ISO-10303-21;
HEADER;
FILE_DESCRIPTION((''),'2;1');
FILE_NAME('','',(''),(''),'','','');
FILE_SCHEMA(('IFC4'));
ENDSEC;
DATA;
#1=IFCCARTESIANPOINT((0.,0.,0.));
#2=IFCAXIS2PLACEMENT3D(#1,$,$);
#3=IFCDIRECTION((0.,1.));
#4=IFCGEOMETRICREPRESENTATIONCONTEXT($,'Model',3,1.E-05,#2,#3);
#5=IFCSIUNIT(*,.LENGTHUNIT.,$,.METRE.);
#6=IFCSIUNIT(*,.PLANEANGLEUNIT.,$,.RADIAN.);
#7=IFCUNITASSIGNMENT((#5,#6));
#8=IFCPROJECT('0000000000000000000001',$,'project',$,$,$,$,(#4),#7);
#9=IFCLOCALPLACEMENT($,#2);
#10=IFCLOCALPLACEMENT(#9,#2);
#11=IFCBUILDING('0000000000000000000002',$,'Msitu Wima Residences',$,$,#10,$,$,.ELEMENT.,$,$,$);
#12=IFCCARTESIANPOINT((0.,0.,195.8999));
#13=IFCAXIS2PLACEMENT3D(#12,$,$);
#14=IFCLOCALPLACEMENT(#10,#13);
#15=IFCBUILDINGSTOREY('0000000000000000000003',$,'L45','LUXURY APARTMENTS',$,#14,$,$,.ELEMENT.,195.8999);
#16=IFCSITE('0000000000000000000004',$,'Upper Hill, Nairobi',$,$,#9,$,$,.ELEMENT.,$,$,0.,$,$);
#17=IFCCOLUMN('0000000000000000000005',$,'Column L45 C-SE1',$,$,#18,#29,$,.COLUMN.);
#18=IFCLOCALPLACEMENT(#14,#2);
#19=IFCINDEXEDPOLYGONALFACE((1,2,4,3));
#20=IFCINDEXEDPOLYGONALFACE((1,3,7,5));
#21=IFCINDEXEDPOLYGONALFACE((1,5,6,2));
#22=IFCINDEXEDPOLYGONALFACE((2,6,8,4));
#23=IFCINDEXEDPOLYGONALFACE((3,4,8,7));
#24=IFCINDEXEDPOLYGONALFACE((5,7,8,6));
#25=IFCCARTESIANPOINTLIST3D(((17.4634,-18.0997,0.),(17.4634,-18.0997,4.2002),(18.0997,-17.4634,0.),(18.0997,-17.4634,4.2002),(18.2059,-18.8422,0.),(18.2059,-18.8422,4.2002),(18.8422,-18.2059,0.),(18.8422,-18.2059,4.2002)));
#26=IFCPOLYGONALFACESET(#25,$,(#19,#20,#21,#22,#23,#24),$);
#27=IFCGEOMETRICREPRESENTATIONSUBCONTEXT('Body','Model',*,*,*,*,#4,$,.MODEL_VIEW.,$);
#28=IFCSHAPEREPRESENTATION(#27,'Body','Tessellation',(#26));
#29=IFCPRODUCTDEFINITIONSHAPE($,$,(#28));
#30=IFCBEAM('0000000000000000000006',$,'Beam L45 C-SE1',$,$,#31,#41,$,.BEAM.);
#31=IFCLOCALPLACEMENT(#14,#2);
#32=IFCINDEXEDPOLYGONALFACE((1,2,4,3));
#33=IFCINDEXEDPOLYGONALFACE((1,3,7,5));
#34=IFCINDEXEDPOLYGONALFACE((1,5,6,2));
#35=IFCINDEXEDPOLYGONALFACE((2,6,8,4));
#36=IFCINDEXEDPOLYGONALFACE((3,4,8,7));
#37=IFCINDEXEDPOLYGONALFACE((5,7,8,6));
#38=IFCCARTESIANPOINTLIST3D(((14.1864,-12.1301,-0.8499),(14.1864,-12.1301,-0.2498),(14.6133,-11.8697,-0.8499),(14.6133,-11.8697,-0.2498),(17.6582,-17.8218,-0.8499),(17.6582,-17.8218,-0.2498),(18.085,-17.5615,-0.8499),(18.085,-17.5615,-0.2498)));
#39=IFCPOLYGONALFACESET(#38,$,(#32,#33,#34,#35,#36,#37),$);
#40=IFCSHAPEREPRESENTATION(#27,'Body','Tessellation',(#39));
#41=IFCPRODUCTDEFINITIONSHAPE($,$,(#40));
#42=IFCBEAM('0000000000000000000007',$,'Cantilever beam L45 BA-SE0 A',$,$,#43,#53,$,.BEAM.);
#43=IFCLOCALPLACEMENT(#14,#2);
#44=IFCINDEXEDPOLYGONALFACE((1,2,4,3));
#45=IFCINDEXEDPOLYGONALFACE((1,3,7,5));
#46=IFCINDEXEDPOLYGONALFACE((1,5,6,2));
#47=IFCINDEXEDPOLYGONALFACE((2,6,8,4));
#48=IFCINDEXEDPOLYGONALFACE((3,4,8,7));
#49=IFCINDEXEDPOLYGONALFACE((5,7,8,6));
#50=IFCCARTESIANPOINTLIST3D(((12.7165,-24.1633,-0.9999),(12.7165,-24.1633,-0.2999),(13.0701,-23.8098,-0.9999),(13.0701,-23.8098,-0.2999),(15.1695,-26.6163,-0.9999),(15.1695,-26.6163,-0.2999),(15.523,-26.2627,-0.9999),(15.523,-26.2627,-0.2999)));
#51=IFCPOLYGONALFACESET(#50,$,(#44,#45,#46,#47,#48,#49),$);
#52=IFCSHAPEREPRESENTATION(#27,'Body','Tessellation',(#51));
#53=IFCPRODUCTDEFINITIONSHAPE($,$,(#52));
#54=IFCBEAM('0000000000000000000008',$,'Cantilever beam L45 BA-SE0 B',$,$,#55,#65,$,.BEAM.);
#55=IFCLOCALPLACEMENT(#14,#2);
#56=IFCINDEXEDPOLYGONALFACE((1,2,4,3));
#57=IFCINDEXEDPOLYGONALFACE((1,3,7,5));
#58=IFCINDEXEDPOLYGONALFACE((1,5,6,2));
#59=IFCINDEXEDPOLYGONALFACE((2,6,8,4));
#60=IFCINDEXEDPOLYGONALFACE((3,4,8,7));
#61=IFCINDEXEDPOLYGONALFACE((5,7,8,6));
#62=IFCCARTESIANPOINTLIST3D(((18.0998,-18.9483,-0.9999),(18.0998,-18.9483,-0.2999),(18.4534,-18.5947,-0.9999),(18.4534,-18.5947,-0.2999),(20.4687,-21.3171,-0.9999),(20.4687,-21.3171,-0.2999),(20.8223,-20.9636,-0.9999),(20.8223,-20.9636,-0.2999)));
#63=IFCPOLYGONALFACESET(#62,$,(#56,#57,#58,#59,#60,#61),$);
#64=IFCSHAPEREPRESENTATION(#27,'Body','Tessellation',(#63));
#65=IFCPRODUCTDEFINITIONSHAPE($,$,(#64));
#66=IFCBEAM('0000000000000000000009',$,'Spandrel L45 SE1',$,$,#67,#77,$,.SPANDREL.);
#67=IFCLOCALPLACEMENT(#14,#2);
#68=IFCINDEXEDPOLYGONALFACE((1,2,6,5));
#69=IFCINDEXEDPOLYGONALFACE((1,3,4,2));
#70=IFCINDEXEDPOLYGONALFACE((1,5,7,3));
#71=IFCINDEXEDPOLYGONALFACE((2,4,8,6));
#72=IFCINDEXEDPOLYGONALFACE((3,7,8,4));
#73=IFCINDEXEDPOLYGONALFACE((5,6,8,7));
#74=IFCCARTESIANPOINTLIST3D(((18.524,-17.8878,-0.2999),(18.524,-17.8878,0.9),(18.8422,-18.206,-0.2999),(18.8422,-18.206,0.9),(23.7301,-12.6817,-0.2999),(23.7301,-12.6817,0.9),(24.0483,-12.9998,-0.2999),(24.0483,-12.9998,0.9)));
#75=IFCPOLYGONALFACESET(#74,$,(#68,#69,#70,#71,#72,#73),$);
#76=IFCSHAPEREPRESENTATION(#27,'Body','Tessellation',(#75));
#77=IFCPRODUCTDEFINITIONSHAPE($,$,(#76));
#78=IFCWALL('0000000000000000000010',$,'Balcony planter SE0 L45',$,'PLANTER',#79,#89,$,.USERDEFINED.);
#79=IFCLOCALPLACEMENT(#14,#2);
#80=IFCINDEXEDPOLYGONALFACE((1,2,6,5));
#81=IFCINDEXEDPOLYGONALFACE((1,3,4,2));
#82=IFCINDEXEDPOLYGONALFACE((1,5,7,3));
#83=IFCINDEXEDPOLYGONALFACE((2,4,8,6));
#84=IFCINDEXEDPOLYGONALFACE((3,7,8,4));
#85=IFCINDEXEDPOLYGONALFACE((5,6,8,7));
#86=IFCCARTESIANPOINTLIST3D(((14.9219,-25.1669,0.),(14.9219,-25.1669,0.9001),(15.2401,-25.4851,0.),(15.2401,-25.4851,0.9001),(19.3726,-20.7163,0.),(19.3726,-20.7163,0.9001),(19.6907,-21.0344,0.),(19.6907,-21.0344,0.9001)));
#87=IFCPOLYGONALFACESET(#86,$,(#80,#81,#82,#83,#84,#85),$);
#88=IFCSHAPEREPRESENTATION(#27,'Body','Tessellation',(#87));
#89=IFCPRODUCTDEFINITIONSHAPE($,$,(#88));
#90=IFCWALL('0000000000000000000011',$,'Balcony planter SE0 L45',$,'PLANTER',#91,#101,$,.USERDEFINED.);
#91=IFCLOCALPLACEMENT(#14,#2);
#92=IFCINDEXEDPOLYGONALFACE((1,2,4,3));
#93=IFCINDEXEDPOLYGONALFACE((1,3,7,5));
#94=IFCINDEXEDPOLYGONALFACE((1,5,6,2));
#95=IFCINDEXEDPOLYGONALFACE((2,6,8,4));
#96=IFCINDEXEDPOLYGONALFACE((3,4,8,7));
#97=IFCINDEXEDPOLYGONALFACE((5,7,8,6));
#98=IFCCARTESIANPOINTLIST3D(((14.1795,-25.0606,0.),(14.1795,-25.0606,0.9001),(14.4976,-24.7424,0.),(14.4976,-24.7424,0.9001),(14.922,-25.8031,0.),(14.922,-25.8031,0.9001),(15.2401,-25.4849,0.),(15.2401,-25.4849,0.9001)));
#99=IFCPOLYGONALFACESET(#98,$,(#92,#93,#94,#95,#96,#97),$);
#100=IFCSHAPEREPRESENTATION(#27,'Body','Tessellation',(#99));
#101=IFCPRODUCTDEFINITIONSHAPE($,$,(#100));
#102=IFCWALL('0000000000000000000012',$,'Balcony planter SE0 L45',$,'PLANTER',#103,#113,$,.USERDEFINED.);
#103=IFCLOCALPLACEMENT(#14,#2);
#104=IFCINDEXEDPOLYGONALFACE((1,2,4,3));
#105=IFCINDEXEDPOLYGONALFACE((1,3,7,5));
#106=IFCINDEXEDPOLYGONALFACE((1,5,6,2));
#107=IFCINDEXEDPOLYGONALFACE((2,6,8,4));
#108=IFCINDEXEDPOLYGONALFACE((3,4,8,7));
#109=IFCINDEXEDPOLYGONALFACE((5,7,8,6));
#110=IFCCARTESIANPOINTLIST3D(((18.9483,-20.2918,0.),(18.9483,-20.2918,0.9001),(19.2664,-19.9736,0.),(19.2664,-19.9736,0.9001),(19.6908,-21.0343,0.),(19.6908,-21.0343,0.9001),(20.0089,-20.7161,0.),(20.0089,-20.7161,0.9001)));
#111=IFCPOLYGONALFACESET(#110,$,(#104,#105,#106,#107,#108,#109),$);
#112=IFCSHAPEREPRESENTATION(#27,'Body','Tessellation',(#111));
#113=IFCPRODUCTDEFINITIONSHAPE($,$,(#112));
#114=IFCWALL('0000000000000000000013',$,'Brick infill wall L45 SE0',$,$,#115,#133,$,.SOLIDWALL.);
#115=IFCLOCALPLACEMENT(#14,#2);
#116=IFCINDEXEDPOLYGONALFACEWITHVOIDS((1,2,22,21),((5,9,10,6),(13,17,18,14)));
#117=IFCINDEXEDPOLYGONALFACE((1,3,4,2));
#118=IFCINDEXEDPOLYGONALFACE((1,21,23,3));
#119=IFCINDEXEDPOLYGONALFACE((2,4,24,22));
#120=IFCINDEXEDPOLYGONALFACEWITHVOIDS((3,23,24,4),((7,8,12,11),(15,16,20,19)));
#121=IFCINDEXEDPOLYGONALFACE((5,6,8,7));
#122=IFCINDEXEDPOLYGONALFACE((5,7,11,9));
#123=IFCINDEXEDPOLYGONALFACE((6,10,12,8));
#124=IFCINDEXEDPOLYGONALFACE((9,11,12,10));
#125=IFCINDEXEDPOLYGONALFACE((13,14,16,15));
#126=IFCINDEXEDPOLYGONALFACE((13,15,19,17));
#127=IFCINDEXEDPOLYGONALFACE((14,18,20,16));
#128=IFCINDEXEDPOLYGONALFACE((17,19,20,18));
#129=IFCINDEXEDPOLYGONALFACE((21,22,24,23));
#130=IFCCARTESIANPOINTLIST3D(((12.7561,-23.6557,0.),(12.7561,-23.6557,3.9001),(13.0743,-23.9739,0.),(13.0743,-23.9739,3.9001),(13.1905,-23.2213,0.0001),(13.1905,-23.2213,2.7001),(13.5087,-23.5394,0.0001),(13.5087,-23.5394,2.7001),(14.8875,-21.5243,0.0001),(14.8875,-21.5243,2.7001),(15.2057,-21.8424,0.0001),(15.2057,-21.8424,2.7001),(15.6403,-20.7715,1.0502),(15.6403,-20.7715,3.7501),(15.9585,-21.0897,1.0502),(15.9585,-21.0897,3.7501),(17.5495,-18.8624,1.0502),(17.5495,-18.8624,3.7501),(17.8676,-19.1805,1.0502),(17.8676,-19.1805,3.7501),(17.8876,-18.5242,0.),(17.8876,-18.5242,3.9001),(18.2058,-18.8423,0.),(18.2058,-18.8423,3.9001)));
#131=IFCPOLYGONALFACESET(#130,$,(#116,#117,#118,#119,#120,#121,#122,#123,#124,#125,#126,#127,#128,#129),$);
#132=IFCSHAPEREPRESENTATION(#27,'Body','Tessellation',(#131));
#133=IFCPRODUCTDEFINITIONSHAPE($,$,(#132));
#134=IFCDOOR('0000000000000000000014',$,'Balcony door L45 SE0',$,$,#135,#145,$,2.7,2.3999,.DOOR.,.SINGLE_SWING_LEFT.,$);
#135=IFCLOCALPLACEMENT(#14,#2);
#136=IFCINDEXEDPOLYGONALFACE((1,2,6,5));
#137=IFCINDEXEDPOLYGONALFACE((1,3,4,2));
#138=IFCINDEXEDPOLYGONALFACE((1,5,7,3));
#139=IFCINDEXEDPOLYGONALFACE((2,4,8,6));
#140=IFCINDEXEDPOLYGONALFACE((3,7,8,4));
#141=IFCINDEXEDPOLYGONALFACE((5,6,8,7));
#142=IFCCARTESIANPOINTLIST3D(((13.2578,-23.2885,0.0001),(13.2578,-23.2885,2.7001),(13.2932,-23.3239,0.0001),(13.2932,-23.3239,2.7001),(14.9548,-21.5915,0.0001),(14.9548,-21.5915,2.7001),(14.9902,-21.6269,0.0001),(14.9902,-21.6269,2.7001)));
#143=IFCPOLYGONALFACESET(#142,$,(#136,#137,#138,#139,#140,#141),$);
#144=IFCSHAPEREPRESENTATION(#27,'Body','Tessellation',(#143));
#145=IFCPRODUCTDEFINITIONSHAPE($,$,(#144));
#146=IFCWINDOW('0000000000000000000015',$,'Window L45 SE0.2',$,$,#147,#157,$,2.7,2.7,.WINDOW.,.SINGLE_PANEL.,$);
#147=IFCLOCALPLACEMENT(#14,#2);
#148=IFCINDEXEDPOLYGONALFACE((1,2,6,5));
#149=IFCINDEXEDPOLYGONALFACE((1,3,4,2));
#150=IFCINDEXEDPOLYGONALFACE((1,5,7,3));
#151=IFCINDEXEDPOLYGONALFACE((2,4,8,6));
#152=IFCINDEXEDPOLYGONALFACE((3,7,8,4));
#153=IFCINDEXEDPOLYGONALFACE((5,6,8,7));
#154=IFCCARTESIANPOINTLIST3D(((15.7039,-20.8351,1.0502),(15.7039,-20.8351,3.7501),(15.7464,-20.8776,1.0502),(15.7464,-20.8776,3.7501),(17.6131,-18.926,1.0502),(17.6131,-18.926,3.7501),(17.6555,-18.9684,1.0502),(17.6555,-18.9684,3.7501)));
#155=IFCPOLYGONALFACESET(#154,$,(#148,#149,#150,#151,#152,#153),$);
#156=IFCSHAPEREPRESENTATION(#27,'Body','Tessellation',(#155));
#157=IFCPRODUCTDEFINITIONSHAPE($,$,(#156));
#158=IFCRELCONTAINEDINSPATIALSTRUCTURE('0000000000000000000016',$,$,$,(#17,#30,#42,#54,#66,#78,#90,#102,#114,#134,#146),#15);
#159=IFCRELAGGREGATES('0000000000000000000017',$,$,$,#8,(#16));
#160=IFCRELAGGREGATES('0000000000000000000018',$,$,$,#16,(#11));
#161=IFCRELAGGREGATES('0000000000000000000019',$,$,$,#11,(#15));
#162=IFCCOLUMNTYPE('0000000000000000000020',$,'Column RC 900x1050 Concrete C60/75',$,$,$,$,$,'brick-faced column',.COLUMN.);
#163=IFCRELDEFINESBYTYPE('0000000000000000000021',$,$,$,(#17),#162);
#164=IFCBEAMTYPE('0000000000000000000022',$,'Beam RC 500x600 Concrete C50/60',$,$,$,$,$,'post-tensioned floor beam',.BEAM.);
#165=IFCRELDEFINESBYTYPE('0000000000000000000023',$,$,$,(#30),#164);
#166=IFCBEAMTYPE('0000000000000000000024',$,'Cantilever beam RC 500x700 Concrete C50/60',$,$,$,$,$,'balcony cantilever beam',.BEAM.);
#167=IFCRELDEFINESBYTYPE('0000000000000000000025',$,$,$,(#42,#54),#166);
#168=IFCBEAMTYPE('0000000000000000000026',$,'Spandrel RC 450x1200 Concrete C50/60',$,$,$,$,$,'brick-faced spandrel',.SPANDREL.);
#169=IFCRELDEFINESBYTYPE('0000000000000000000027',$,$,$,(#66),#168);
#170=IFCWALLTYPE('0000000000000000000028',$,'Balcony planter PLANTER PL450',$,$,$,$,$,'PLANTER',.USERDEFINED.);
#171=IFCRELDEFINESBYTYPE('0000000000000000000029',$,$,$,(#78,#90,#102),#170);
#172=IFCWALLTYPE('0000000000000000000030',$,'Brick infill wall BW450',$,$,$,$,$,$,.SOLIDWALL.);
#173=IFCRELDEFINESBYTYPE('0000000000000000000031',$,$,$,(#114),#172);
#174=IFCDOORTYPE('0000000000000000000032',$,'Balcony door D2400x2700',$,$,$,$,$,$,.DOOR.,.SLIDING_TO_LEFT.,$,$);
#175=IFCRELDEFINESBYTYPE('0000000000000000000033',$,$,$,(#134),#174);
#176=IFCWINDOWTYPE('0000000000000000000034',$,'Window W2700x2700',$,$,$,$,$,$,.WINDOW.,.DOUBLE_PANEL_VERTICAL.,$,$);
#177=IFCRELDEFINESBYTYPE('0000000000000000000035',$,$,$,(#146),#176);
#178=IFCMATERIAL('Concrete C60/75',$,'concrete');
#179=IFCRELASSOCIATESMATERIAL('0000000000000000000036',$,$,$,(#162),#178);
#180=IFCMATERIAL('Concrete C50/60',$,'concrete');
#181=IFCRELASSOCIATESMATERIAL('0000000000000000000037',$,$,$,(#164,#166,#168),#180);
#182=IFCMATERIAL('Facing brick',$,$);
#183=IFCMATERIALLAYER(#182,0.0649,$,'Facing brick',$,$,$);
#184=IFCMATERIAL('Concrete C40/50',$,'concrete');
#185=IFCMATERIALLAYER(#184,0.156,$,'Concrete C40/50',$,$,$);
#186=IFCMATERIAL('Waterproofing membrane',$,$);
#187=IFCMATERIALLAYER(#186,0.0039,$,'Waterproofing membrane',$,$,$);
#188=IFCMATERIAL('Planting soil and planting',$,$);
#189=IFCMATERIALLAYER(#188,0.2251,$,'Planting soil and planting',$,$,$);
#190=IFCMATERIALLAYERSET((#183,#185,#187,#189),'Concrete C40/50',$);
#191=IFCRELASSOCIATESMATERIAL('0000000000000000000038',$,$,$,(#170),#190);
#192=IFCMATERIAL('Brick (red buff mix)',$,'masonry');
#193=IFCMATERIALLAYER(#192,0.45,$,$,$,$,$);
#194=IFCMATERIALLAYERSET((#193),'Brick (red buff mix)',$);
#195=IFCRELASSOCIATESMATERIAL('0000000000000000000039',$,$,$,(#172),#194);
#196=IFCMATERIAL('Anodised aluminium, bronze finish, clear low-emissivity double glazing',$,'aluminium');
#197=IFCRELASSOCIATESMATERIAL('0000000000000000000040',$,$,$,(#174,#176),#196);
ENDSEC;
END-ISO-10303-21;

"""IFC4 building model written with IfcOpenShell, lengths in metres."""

from ifc_helpers import new_model, si_unit, direction, frame, frame_2d, origin, origin_2d, place, context, subcontext, project, spatial, rectangle, extrude, material, layer, layer_set, material_profile, profile_set, type_object, element, fill, save


model = new_model("IFC4")

# Units and contexts
model_context = context("Model", 3, precision=1e-05, world=origin(), true_north=direction((0.0, 1.0)))
body_context = subcontext(model_context, "Body", "Model", "MODEL_VIEW")
ifc_project = project(units=[si_unit("LENGTHUNIT", "METRE"), si_unit("PLANEANGLEUNIT", "RADIAN")], contexts=[model_context])

# Site, building, storey
site_placement = place(None, origin())
site = spatial("IfcSite", under=ifc_project, at=site_placement, Name="Upper Hill, Nairobi", CompositionType="ELEMENT", RefElevation=0.0)
building_placement = place(site_placement, origin())
building = spatial("IfcBuilding", under=site, at=building_placement, Name="Msitu Wima Residences", CompositionType="ELEMENT")
storey_placement = place(building_placement, frame((0.0, 0.0, 195.8999)))
storey = spatial("IfcBuildingStorey", under=building, at=storey_placement, Name="L45", Description="LUXURY APARTMENTS", CompositionType="ELEMENT", Elevation=195.8999)

# Column
ifc_material_1 = material(Name="Concrete C60/75", Category="concrete")
ifc_material_profile_1 = material_profile(ifc_material_1, rectangle(XDim=0.8999, YDim=1.05, at=origin_2d()), Name="RC 900x1050")
ifc_profile_set_1 = profile_set([ifc_material_profile_1], Name="Concrete C60/75")
column_type = type_object("IfcColumnType", Name="Column RC 900x1050 Concrete C60/75", ElementType="brick-faced column", PredefinedType="COLUMN", material=ifc_profile_set_1)
column_placement = place(storey_placement, frame((18.1528, -18.1528, 0.0), z_axis=(0.0, 0.0, 1.0), x_axis=(0.707107, 0.707107, 0.0)))
element("IfcColumn", 1, at=column_placement, inside=storey, type_object=column_type, Name="Column L45 C-SE1", PredefinedType="COLUMN", context=body_context, shape_type="SweptSolid", body=[
    extrude(rectangle(XDim=0.8999, YDim=1.05, at=origin_2d()), origin(), (0.0, 0.0, 1.0), 4.2002),
])

# Beams
ifc_material_2 = material(Name="Concrete C50/60", Category="concrete")
ifc_material_profile_2 = material_profile(ifc_material_2, rectangle(XDim=0.5, YDim=0.6001, at=origin_2d()), Name="RC 500x600")
ifc_profile_set_2 = profile_set([ifc_material_profile_2], Name="Concrete C50/60")
beam_type_1 = type_object("IfcBeamType", Name="Beam RC 500x600 Concrete C50/60", ElementType="post-tensioned floor beam", PredefinedType="BEAM", material=ifc_profile_set_2)
beam_1_placement = place(storey_placement, frame((17.8716, -17.6917, -0.5498), z_axis=(-0.520734, 0.853719, 0.0), x_axis=(-0.853719, -0.520734, 0.0)))
element("IfcBeam", 2, at=beam_1_placement, inside=storey, type_object=beam_type_1, Name="Beam L45 C-SE1", PredefinedType="BEAM", context=body_context, shape_type="SweptSolid", body=[
    extrude(rectangle(XDim=0.5, YDim=0.6001, at=origin_2d()), origin(), (0.0, 0.0, 1.0), 6.667),
])
ifc_material_profile_3 = material_profile(ifc_material_2, rectangle(XDim=0.5, YDim=0.7, at=origin_2d()), Name="RC 500x700")
ifc_profile_set_3 = profile_set([ifc_material_profile_3], Name="Concrete C50/60")
beam_type_2 = type_object("IfcBeamType", Name="Cantilever beam RC 500x700 Concrete C50/60", ElementType="balcony cantilever beam", PredefinedType="BEAM", material=ifc_profile_set_3)
beam_2_placement = place(storey_placement, frame((12.8933, -23.9866, -0.6499), z_axis=(0.707107, -0.707107, 0.0), x_axis=(0.707107, 0.707107, 0.0)))
element("IfcBeam", 3, at=beam_2_placement, inside=storey, type_object=beam_type_2, Name="Cantilever beam L45 BA-SE0 A", PredefinedType="BEAM", context=body_context, shape_type="SweptSolid", body=[
    extrude(rectangle(XDim=0.5, YDim=0.7, at=origin_2d()), origin(), (0.0, 0.0, 1.0), 3.469),
])
beam_3_placement = place(storey_placement, frame((18.2766, -18.7715, -0.6499), z_axis=(0.707107, -0.707107, 0.0), x_axis=(0.707107, 0.707107, 0.0)))
element("IfcBeam", 4, at=beam_3_placement, inside=storey, type_object=beam_type_2, Name="Cantilever beam L45 BA-SE0 B", PredefinedType="BEAM", context=body_context, shape_type="SweptSolid", body=[
    extrude(rectangle(XDim=0.5, YDim=0.7, at=origin_2d()), origin(), (0.0, 0.0, 1.0), 3.3501),
])
ifc_material_profile_4 = material_profile(ifc_material_2, rectangle(XDim=0.45, YDim=1.2, at=origin_2d()), Name="RC 450x1200")
ifc_profile_set_4 = profile_set([ifc_material_profile_4], Name="Concrete C50/60")
beam_type_3 = type_object("IfcBeamType", Name="Spandrel RC 450x1200 Concrete C50/60", ElementType="brick-faced spandrel", PredefinedType="SPANDREL", material=ifc_profile_set_4)
beam_4_placement = place(storey_placement, frame((18.6831, -18.0469, 0.3), z_axis=(0.707107, 0.707107, 0.0), x_axis=(-0.707107, 0.707107, 0.0)))
element("IfcBeam", 5, at=beam_4_placement, inside=storey, type_object=beam_type_3, Name="Spandrel L45 SE1", PredefinedType="SPANDREL", context=body_context, shape_type="SweptSolid", body=[
    extrude(rectangle(XDim=0.45, YDim=1.2, at=origin_2d()), origin(), (0.0, 0.0, 1.0), 7.3625),
])

# Walls
ifc_material_3 = material(Name="Facing brick")
ifc_layer_1 = layer(ifc_material_3, 0.0649, Name="Facing brick")
ifc_material_4 = material(Name="Concrete C40/50", Category="concrete")
ifc_layer_2 = layer(ifc_material_4, 0.156, Name="Concrete C40/50")
ifc_material_5 = material(Name="Waterproofing membrane")
ifc_layer_3 = layer(ifc_material_5, 0.0039, Name="Waterproofing membrane")
ifc_material_6 = material(Name="Planting soil and planting")
ifc_layer_4 = layer(ifc_material_6, 0.2251, Name="Planting soil and planting")
ifc_layer_set_1 = layer_set([ifc_layer_1, ifc_layer_2, ifc_layer_3, ifc_layer_4], Name="Concrete C40/50")
wall_type_1 = type_object("IfcWallType", Name="Balcony planter PLANTER PL450", ElementType="PLANTER", PredefinedType="USERDEFINED", material=ifc_layer_set_1)
wall_1_placement = place(storey_placement, frame((15.0811, -25.3259, 0.0), z_axis=(0.0, 0.0, 1.0), x_axis=(0.707107, 0.707107, 0.0)))
element("IfcWall", 6, at=wall_1_placement, inside=storey, type_object=wall_type_1, Name="Balcony planter SE0 L45", ObjectType="PLANTER", PredefinedType="USERDEFINED", context=body_context, shape_type="SweptSolid", body=[
    extrude(rectangle(XDim=6.2942, YDim=0.45, at=frame_2d((3.147, 0.0))), origin(), (0.0, 0.0, 1.0), 0.9001),
])
for number, where, z_axis, x_axis, name in (
    (7, (14.3386, -24.9016, 0.0), (0.0, 0.0, 1.0), (0.707107, -0.707107, 0.0), "Balcony planter SE0 L45"),
    (8, (19.1074, -20.1328, 0.0), (0.0, 0.0, 1.0), (0.707107, -0.707107, 0.0), "Balcony planter SE0 L45"),
):
    element("IfcWall", number, at=place(storey_placement, frame(where, z_axis=z_axis, x_axis=x_axis)), inside=storey, type_object=wall_type_1, Name=name, ObjectType="PLANTER", PredefinedType="USERDEFINED", context=body_context, shape_type="SweptSolid", body=[
        extrude(rectangle(XDim=1.05, YDim=0.45, at=frame_2d((0.5249, 0.0))), origin(), (0.0, 0.0, 1.0), 0.9001),
    ])

# Wall, openings, door, window
ifc_material_7 = material(Name="Brick (red buff mix)", Category="masonry")
ifc_layer_5 = layer(ifc_material_7, 0.45)
ifc_layer_set_2 = layer_set([ifc_layer_5], Name="Brick (red buff mix)")
wall_type_2 = type_object("IfcWallType", Name="Brick infill wall BW450", PredefinedType="SOLIDWALL", material=ifc_layer_set_2)
wall_2_placement = place(storey_placement, frame((12.9153, -23.8147, 0.0), z_axis=(0.0, 0.0, 1.0), x_axis=(0.707107, 0.707107, 0.0)))
wall_2 = element("IfcWall", 9, at=wall_2_placement, inside=storey, type_object=wall_type_2, Name="Brick infill wall L45 SE0", PredefinedType="SOLIDWALL", context=body_context, shape_type="SweptSolid", body=[
    extrude(rectangle(XDim=7.2571, YDim=0.45, at=frame_2d((3.6284, 0.0))), origin(), (0.0, 0.0, 1.0), 3.9001),
])
opening_1_placement = place(wall_2_placement, frame((0.6143, 0.0, 0.0)))
opening_1 = element("IfcOpeningElement", 10, at=opening_1_placement, cuts=wall_2, PredefinedType="OPENING", context=body_context, shape_type="SweptSolid", body=[
    extrude(rectangle(XDim=2.3999, YDim=2.7, at=frame_2d((1.2, 1.3501))), frame((0.0, 0.2349, 0.0), z_axis=(0.0, -1.0, 0.0), x_axis=(1.0, 0.0, 0.0)), (0.0, 0.0, 1.0), 0.47),
])
opening_2_placement = place(wall_2_placement, frame((4.0786, 0.0, 1.05)))
opening_2 = element("IfcOpeningElement", 11, at=opening_2_placement, cuts=wall_2, PredefinedType="OPENING", context=body_context, shape_type="SweptSolid", body=[
    extrude(rectangle(XDim=2.7, YDim=2.7, at=frame_2d((1.3501, 1.3501))), frame((0.0, 0.2349, 0.0), z_axis=(0.0, -1.0, 0.0), x_axis=(1.0, 0.0, 0.0)), (0.0, 0.0, 1.0), 0.47),
])
ifc_material_8 = material(Name="Anodised aluminium, bronze finish, clear low-emissivity double glazing", Category="aluminium")
door_type_1 = type_object("IfcDoorType", Name="Balcony door D2400x2700", OperationType="SLIDING_TO_LEFT", PredefinedType="DOOR", material=ifc_material_8)
door_1_placement = place(opening_1_placement, origin())
door_1 = element("IfcDoor", 12, at=door_1_placement, inside=storey, type_object=door_type_1, Name="Balcony door L45 SE0", OperationType="SINGLE_SWING_LEFT", OverallHeight=2.7, OverallWidth=2.3999, PredefinedType="DOOR", context=body_context, shape_type="SweptSolid", body=[
    extrude(rectangle(XDim=2.3999, YDim=2.7, at=frame_2d((1.2, 1.3501))), frame((0.0, 0.1299, 0.0), z_axis=(0.0, -1.0, 0.0), x_axis=(1.0, 0.0, 0.0)), (0.0, 0.0, 1.0), 0.05),
])
fill(opening_1, door_1)
window_type = type_object("IfcWindowType", Name="Window W2700x2700", PartitioningType="DOUBLE_PANEL_VERTICAL", PredefinedType="WINDOW", material=ifc_material_8)
window_1_placement = place(opening_2_placement, origin())
window_1 = element("IfcWindow", 13, at=window_1_placement, inside=storey, type_object=window_type, Name="Window L45 SE0.2", OverallHeight=2.7, OverallWidth=2.7, PartitioningType="SINGLE_PANEL", PredefinedType="WINDOW", context=body_context, shape_type="SweptSolid", body=[
    extrude(rectangle(XDim=2.7, YDim=2.7, at=frame_2d((1.3501, 1.3501))), frame((0.0, 0.135, 0.0), z_axis=(0.0, -1.0, 0.0), x_axis=(1.0, 0.0, 0.0)), (0.0, 0.0, 1.0), 0.0601),
])
fill(opening_2, window_1)

save(model, "model.ifc")
